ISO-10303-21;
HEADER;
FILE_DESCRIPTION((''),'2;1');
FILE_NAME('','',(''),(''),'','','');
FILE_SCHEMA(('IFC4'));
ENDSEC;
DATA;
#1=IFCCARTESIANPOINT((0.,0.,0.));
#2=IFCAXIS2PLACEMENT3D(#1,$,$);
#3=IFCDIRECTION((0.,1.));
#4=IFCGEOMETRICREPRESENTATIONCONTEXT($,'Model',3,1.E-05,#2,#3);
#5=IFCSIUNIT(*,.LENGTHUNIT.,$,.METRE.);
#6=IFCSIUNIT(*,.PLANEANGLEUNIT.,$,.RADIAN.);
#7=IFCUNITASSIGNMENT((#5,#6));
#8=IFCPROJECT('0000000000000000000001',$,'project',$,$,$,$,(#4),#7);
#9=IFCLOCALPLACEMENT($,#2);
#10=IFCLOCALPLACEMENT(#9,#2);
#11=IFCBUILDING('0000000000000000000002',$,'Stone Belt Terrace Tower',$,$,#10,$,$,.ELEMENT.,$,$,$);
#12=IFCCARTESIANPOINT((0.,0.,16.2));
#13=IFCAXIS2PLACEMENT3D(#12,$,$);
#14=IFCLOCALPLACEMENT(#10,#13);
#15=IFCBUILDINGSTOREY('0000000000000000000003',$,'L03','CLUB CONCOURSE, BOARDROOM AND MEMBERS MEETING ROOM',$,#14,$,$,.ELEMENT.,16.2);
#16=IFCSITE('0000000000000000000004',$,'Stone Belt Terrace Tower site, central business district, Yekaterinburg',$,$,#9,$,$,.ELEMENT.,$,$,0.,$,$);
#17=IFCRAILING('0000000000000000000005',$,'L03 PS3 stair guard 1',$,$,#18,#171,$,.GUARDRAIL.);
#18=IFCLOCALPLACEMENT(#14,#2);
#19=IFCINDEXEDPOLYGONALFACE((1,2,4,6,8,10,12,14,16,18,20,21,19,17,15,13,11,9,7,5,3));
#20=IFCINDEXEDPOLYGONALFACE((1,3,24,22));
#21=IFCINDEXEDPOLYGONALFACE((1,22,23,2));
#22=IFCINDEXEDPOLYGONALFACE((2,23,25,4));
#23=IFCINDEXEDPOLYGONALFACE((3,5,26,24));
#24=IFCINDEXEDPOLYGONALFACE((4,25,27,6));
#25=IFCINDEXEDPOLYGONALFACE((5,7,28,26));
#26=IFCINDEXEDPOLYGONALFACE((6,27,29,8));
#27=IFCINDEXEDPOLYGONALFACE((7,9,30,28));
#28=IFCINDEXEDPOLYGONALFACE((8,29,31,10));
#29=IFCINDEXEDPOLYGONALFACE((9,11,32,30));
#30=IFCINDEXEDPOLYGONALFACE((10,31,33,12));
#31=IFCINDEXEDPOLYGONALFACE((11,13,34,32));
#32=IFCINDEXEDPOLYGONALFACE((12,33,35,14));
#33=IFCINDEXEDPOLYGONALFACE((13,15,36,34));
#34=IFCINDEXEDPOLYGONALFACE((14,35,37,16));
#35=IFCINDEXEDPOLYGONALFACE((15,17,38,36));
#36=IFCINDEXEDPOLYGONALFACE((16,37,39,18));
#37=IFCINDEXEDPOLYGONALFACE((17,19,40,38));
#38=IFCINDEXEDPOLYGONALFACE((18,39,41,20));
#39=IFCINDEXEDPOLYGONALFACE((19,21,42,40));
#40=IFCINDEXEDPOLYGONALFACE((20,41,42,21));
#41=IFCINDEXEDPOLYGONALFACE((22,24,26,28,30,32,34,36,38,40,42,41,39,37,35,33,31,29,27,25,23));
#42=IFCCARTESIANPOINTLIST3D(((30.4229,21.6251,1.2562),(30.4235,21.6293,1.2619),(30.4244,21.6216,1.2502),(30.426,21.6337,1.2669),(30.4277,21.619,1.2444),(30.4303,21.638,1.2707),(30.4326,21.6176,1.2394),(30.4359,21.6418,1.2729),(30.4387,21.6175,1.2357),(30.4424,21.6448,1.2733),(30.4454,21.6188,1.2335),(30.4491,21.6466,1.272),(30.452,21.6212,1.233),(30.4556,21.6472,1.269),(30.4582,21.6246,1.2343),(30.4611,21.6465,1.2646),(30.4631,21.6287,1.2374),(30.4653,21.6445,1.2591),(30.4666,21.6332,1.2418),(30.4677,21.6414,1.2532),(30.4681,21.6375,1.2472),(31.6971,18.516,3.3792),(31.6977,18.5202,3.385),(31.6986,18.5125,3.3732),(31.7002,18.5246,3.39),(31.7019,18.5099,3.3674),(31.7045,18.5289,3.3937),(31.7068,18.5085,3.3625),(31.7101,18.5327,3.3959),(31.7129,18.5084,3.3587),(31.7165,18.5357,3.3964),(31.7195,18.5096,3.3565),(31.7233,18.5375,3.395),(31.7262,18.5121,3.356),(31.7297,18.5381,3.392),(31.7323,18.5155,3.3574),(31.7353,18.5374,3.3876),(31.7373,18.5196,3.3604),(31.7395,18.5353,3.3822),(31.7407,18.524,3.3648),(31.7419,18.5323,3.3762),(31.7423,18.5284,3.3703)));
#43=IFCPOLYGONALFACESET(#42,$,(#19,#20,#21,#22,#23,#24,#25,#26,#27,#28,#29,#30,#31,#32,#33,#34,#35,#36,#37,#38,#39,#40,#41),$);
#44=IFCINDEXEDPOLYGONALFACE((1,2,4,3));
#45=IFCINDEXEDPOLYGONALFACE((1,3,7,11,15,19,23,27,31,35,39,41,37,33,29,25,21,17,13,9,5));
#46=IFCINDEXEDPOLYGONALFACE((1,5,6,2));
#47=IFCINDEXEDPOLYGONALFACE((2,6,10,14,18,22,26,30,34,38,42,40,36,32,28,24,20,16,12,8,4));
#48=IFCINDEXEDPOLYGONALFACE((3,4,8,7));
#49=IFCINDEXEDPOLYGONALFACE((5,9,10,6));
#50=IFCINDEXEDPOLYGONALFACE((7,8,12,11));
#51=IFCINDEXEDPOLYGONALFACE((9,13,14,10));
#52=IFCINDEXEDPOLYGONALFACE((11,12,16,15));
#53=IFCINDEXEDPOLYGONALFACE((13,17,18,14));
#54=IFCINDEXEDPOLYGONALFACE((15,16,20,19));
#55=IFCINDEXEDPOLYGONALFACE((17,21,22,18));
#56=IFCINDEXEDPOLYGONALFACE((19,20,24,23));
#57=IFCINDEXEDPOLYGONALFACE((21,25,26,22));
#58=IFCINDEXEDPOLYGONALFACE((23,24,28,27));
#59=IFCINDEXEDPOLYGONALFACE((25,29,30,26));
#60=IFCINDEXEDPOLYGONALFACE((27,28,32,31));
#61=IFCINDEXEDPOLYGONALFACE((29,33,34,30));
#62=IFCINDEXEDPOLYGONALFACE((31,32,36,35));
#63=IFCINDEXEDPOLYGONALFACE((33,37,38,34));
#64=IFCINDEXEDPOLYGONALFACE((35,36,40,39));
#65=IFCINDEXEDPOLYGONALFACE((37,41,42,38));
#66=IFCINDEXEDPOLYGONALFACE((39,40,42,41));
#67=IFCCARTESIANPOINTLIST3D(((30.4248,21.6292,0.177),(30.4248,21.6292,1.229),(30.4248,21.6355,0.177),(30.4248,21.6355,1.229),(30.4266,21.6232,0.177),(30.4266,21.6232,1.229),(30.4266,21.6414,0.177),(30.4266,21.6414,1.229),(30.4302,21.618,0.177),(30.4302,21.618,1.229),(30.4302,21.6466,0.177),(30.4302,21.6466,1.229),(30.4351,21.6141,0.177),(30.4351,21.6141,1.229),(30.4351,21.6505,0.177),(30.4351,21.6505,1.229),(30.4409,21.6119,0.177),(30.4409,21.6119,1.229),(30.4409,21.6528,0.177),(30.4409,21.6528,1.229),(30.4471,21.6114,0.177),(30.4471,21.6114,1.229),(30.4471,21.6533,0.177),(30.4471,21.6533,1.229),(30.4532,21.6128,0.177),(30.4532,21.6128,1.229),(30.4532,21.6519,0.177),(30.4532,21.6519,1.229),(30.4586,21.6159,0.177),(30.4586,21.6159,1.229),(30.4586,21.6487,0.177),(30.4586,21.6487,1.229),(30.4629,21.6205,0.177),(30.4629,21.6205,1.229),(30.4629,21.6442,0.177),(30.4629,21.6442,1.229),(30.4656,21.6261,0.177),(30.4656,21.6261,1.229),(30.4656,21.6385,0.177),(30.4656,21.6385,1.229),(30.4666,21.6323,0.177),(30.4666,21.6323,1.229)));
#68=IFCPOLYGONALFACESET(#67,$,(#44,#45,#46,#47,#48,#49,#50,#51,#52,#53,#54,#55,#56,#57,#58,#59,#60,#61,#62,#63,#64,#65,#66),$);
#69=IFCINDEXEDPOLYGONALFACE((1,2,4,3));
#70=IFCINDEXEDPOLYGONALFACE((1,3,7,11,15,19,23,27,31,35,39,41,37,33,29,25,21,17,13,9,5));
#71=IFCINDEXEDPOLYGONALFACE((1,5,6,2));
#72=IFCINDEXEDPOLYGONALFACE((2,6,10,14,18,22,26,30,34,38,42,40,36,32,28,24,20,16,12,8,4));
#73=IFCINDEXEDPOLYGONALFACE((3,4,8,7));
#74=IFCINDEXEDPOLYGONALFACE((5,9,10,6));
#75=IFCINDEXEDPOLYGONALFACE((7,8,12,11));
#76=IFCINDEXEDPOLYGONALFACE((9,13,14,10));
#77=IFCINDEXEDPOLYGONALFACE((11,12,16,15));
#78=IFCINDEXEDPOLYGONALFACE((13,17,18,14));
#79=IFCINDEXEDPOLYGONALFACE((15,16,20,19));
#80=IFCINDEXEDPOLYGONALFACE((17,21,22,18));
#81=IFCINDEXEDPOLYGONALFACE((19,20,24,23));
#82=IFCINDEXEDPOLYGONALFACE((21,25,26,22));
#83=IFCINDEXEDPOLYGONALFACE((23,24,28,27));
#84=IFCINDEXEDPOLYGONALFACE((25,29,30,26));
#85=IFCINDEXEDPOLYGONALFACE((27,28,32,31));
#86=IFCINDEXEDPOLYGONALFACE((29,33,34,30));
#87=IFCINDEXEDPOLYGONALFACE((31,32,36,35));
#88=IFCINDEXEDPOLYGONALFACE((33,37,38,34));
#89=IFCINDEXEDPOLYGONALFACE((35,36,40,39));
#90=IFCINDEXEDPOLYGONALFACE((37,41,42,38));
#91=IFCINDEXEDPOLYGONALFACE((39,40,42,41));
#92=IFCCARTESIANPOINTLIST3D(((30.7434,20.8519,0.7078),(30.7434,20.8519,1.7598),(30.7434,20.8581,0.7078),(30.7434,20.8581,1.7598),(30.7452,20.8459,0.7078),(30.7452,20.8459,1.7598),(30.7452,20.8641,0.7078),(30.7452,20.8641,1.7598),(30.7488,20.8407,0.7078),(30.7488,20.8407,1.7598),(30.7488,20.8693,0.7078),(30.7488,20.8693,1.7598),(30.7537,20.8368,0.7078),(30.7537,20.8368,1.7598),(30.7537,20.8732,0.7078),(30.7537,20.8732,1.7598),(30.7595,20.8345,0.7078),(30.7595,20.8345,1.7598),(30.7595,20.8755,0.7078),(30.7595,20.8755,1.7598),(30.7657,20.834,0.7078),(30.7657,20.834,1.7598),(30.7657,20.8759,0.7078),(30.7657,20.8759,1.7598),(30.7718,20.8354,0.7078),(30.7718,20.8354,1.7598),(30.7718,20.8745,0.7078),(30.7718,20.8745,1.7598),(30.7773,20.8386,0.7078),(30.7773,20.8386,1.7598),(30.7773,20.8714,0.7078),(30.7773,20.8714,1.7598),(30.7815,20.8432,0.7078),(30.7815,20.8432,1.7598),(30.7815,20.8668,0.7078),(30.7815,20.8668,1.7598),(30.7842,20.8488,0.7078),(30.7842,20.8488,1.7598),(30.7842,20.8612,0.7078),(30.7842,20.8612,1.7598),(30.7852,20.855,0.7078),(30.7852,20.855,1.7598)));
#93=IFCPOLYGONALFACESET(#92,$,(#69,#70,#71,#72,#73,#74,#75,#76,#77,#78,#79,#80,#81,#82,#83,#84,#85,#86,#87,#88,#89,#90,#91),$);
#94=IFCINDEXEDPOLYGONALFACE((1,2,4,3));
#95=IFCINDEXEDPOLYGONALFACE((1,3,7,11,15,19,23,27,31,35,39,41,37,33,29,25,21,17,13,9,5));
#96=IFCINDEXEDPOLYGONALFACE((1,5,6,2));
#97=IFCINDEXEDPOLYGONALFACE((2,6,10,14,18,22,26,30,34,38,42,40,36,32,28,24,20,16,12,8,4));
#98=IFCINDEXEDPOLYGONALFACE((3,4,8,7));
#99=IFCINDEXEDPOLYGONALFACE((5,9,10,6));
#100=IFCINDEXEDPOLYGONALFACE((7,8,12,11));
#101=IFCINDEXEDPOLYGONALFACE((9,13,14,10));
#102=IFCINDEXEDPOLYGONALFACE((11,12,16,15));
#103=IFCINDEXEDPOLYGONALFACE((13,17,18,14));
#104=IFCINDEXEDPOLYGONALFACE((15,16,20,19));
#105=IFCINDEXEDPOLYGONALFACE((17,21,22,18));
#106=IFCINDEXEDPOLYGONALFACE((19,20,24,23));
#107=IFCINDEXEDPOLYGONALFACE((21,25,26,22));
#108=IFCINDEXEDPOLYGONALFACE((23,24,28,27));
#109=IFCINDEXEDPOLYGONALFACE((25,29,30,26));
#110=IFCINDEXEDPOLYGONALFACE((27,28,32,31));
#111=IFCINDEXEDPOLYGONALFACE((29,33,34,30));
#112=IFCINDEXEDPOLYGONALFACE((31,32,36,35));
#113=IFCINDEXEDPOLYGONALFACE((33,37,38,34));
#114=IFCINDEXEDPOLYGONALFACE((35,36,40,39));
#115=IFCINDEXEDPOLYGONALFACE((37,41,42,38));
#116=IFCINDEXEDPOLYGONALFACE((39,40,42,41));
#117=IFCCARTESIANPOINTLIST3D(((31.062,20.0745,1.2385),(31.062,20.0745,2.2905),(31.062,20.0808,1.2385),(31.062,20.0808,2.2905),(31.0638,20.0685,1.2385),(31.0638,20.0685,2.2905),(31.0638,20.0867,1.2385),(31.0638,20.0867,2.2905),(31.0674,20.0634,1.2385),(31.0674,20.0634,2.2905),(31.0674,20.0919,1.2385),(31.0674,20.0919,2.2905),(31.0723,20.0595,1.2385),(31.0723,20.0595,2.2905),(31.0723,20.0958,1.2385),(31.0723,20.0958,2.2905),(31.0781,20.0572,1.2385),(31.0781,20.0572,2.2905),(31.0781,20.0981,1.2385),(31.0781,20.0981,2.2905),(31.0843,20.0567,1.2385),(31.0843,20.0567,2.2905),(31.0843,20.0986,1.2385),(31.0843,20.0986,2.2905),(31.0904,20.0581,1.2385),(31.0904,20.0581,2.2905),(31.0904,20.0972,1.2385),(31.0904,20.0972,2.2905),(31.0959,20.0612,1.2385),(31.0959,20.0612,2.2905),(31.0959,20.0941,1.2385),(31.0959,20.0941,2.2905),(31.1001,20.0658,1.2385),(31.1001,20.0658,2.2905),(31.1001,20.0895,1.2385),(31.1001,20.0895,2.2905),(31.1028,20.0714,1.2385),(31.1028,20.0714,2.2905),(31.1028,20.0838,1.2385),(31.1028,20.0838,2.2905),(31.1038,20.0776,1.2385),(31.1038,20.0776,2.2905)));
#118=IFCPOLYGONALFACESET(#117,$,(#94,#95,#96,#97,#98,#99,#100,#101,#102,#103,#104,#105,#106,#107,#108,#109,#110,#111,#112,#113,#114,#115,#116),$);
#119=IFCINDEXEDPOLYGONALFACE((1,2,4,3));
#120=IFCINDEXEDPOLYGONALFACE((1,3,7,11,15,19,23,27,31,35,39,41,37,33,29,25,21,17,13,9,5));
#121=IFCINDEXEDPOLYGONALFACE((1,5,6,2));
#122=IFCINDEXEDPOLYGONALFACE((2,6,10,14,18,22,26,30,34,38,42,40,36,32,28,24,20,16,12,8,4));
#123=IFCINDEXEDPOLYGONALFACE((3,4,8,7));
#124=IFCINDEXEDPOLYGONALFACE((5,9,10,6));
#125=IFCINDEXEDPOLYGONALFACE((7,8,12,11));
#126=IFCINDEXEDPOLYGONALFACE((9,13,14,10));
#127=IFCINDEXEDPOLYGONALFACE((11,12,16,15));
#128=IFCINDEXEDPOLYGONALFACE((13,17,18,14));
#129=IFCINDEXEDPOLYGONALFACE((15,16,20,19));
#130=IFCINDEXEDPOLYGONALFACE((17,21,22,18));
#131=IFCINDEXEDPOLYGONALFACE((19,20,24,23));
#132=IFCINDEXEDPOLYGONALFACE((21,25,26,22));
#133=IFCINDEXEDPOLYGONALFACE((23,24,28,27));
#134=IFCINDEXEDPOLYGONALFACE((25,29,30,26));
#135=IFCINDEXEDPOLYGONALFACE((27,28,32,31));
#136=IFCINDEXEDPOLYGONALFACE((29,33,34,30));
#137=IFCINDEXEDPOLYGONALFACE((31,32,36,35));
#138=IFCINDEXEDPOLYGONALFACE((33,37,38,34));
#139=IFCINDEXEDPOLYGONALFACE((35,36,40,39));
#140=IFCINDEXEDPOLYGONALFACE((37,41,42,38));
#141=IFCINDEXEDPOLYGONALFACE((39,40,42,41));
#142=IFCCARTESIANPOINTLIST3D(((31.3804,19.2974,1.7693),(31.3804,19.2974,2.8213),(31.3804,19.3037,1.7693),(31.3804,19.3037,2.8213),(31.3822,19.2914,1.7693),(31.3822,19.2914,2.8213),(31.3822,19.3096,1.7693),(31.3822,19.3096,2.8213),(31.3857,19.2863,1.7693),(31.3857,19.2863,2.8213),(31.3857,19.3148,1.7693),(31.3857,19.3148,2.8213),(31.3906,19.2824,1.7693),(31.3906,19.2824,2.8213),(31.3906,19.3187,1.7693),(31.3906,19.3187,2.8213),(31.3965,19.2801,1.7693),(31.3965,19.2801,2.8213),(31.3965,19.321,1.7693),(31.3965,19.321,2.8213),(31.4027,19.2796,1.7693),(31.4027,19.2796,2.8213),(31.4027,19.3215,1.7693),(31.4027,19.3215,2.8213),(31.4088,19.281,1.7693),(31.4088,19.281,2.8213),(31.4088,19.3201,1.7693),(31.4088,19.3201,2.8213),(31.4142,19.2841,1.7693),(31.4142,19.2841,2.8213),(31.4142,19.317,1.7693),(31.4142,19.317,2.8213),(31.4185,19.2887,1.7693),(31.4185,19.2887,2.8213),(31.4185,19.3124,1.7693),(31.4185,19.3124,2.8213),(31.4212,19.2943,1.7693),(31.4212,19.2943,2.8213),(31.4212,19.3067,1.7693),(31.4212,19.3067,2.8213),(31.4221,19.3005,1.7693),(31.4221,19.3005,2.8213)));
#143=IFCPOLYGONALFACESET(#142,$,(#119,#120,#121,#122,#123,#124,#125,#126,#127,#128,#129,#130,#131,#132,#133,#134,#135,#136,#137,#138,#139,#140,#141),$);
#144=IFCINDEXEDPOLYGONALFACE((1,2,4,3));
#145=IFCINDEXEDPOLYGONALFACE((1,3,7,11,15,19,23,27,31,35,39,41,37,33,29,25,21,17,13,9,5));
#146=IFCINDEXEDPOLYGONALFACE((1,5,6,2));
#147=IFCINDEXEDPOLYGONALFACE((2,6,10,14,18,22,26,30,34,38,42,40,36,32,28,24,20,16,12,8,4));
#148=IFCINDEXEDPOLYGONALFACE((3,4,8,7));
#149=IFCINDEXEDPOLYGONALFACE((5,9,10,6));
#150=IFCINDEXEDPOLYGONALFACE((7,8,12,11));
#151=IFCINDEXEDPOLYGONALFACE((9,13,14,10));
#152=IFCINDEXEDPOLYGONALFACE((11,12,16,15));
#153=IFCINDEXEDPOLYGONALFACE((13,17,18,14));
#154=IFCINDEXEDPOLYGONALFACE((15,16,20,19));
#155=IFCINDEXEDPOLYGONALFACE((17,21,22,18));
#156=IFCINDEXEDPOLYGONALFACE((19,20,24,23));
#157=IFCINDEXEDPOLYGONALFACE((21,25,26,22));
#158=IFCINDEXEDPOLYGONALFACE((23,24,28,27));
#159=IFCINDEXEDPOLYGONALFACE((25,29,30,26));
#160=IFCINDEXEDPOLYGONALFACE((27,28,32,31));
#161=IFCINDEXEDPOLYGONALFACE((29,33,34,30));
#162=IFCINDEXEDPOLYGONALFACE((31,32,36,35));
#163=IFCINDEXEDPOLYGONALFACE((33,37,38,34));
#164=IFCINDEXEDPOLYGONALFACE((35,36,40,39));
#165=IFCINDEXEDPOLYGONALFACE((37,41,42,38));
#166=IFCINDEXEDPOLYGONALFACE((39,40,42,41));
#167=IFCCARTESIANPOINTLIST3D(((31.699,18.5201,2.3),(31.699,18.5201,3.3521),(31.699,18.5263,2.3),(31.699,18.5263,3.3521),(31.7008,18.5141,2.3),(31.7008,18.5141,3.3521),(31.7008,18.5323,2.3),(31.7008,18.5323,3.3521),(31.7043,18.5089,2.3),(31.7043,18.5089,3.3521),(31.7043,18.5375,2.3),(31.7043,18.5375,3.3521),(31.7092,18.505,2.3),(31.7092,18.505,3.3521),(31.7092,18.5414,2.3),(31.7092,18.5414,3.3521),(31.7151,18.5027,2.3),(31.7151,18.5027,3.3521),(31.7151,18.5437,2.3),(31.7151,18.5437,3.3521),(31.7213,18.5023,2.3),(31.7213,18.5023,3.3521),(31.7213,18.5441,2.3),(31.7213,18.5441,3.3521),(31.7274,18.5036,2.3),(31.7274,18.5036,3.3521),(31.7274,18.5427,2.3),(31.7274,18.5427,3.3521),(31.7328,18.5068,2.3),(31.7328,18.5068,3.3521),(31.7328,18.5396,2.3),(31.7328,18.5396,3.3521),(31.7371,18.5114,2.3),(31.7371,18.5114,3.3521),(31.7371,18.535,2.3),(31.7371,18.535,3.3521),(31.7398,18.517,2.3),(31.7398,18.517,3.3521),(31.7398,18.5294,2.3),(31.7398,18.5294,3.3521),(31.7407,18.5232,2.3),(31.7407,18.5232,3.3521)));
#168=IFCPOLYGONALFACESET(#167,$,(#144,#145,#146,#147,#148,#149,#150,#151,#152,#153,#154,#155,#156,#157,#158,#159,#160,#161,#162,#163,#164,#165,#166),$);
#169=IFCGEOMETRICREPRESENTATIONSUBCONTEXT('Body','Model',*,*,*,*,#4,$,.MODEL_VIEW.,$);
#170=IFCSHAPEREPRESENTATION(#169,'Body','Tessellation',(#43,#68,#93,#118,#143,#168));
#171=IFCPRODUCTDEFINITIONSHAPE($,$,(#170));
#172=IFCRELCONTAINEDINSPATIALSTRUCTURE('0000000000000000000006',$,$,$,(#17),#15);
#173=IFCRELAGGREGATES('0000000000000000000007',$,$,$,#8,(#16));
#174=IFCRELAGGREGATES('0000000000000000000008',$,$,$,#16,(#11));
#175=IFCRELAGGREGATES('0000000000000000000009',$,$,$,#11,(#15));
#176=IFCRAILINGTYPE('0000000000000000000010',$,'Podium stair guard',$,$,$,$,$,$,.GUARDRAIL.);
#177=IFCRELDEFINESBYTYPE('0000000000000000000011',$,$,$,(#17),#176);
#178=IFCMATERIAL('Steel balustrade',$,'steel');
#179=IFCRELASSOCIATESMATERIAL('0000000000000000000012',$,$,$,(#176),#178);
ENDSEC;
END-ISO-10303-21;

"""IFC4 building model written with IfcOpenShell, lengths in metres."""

from ifc_helpers import new_model, si_unit, direction, frame, origin, origin_2d, place, context, subcontext, project, spatial, circle, extrude, material, type_object, element, save


model = new_model("IFC4")

# Units and contexts
model_context = context("Model", 3, precision=1e-05, world=origin(), true_north=direction((0.0, 1.0)))
body_context = subcontext(model_context, "Body", "Model", "MODEL_VIEW")
ifc_project = project(units=[si_unit("LENGTHUNIT", "METRE"), si_unit("PLANEANGLEUNIT", "RADIAN")], contexts=[model_context])

# Site, building, storey
site_placement = place(None, origin())
site = spatial("IfcSite", under=ifc_project, at=site_placement, Name="Stone Belt Terrace Tower site, central business district, Yekaterinburg", CompositionType="ELEMENT", RefElevation=0.0)
building_placement = place(site_placement, origin())
building = spatial("IfcBuilding", under=site, at=building_placement, Name="Stone Belt Terrace Tower", CompositionType="ELEMENT")
storey_placement = place(building_placement, frame((0.0, 0.0, 16.2)))
storey = spatial("IfcBuildingStorey", under=building, at=storey_placement, Name="L03", Description="CLUB CONCOURSE, BOARDROOM AND MEMBERS MEETING ROOM", CompositionType="ELEMENT", Elevation=16.2)

# Railing
ifc_material_1 = material(Name="Steel balustrade", Category="steel")
railing_type_1 = type_object("IfcRailingType", Name="Podium stair guard", PredefinedType="GUARDRAIL", material=ifc_material_1)
railing_1_placement = place(storey_placement, frame((30.4456, 21.6323, 0.177)))
element("IfcRailing", 1, at=railing_1_placement, inside=storey, type_object=railing_type_1, Name="L03 PS3 stair guard 1", PredefinedType="GUARDRAIL", context=body_context, shape_type="SweptSolid", body=[
    extrude(circle(Radius=0.0239, at=origin_2d()), frame((0.0, 0.0, 1.0762), z_axis=(0.320577, -0.782248, 0.534152), x_axis=(0.925312, 0.379207, 0.0)), (0.0, 0.0, 1.0), 3.9746),
    extrude(circle(Radius=0.021, at=origin_2d()), origin(), (0.0, 0.0, 1.0), 1.052),
    extrude(circle(Radius=0.021, at=origin_2d()), frame((0.3186, -0.7773, 0.5308)), (0.0, 0.0, 1.0), 1.052),
    extrude(circle(Radius=0.021, at=origin_2d()), frame((0.6372, -1.5547, 1.0615)), (0.0, 0.0, 1.0), 1.052),
    extrude(circle(Radius=0.021, at=origin_2d()), frame((0.9556, -2.3318, 1.5923)), (0.0, 0.0, 1.0), 1.052),
    extrude(circle(Radius=0.021, at=origin_2d()), frame((1.2742, -3.1091, 2.123)), (0.0, 0.0, 1.0), 1.052),
])

save(model, "model.ifc")
